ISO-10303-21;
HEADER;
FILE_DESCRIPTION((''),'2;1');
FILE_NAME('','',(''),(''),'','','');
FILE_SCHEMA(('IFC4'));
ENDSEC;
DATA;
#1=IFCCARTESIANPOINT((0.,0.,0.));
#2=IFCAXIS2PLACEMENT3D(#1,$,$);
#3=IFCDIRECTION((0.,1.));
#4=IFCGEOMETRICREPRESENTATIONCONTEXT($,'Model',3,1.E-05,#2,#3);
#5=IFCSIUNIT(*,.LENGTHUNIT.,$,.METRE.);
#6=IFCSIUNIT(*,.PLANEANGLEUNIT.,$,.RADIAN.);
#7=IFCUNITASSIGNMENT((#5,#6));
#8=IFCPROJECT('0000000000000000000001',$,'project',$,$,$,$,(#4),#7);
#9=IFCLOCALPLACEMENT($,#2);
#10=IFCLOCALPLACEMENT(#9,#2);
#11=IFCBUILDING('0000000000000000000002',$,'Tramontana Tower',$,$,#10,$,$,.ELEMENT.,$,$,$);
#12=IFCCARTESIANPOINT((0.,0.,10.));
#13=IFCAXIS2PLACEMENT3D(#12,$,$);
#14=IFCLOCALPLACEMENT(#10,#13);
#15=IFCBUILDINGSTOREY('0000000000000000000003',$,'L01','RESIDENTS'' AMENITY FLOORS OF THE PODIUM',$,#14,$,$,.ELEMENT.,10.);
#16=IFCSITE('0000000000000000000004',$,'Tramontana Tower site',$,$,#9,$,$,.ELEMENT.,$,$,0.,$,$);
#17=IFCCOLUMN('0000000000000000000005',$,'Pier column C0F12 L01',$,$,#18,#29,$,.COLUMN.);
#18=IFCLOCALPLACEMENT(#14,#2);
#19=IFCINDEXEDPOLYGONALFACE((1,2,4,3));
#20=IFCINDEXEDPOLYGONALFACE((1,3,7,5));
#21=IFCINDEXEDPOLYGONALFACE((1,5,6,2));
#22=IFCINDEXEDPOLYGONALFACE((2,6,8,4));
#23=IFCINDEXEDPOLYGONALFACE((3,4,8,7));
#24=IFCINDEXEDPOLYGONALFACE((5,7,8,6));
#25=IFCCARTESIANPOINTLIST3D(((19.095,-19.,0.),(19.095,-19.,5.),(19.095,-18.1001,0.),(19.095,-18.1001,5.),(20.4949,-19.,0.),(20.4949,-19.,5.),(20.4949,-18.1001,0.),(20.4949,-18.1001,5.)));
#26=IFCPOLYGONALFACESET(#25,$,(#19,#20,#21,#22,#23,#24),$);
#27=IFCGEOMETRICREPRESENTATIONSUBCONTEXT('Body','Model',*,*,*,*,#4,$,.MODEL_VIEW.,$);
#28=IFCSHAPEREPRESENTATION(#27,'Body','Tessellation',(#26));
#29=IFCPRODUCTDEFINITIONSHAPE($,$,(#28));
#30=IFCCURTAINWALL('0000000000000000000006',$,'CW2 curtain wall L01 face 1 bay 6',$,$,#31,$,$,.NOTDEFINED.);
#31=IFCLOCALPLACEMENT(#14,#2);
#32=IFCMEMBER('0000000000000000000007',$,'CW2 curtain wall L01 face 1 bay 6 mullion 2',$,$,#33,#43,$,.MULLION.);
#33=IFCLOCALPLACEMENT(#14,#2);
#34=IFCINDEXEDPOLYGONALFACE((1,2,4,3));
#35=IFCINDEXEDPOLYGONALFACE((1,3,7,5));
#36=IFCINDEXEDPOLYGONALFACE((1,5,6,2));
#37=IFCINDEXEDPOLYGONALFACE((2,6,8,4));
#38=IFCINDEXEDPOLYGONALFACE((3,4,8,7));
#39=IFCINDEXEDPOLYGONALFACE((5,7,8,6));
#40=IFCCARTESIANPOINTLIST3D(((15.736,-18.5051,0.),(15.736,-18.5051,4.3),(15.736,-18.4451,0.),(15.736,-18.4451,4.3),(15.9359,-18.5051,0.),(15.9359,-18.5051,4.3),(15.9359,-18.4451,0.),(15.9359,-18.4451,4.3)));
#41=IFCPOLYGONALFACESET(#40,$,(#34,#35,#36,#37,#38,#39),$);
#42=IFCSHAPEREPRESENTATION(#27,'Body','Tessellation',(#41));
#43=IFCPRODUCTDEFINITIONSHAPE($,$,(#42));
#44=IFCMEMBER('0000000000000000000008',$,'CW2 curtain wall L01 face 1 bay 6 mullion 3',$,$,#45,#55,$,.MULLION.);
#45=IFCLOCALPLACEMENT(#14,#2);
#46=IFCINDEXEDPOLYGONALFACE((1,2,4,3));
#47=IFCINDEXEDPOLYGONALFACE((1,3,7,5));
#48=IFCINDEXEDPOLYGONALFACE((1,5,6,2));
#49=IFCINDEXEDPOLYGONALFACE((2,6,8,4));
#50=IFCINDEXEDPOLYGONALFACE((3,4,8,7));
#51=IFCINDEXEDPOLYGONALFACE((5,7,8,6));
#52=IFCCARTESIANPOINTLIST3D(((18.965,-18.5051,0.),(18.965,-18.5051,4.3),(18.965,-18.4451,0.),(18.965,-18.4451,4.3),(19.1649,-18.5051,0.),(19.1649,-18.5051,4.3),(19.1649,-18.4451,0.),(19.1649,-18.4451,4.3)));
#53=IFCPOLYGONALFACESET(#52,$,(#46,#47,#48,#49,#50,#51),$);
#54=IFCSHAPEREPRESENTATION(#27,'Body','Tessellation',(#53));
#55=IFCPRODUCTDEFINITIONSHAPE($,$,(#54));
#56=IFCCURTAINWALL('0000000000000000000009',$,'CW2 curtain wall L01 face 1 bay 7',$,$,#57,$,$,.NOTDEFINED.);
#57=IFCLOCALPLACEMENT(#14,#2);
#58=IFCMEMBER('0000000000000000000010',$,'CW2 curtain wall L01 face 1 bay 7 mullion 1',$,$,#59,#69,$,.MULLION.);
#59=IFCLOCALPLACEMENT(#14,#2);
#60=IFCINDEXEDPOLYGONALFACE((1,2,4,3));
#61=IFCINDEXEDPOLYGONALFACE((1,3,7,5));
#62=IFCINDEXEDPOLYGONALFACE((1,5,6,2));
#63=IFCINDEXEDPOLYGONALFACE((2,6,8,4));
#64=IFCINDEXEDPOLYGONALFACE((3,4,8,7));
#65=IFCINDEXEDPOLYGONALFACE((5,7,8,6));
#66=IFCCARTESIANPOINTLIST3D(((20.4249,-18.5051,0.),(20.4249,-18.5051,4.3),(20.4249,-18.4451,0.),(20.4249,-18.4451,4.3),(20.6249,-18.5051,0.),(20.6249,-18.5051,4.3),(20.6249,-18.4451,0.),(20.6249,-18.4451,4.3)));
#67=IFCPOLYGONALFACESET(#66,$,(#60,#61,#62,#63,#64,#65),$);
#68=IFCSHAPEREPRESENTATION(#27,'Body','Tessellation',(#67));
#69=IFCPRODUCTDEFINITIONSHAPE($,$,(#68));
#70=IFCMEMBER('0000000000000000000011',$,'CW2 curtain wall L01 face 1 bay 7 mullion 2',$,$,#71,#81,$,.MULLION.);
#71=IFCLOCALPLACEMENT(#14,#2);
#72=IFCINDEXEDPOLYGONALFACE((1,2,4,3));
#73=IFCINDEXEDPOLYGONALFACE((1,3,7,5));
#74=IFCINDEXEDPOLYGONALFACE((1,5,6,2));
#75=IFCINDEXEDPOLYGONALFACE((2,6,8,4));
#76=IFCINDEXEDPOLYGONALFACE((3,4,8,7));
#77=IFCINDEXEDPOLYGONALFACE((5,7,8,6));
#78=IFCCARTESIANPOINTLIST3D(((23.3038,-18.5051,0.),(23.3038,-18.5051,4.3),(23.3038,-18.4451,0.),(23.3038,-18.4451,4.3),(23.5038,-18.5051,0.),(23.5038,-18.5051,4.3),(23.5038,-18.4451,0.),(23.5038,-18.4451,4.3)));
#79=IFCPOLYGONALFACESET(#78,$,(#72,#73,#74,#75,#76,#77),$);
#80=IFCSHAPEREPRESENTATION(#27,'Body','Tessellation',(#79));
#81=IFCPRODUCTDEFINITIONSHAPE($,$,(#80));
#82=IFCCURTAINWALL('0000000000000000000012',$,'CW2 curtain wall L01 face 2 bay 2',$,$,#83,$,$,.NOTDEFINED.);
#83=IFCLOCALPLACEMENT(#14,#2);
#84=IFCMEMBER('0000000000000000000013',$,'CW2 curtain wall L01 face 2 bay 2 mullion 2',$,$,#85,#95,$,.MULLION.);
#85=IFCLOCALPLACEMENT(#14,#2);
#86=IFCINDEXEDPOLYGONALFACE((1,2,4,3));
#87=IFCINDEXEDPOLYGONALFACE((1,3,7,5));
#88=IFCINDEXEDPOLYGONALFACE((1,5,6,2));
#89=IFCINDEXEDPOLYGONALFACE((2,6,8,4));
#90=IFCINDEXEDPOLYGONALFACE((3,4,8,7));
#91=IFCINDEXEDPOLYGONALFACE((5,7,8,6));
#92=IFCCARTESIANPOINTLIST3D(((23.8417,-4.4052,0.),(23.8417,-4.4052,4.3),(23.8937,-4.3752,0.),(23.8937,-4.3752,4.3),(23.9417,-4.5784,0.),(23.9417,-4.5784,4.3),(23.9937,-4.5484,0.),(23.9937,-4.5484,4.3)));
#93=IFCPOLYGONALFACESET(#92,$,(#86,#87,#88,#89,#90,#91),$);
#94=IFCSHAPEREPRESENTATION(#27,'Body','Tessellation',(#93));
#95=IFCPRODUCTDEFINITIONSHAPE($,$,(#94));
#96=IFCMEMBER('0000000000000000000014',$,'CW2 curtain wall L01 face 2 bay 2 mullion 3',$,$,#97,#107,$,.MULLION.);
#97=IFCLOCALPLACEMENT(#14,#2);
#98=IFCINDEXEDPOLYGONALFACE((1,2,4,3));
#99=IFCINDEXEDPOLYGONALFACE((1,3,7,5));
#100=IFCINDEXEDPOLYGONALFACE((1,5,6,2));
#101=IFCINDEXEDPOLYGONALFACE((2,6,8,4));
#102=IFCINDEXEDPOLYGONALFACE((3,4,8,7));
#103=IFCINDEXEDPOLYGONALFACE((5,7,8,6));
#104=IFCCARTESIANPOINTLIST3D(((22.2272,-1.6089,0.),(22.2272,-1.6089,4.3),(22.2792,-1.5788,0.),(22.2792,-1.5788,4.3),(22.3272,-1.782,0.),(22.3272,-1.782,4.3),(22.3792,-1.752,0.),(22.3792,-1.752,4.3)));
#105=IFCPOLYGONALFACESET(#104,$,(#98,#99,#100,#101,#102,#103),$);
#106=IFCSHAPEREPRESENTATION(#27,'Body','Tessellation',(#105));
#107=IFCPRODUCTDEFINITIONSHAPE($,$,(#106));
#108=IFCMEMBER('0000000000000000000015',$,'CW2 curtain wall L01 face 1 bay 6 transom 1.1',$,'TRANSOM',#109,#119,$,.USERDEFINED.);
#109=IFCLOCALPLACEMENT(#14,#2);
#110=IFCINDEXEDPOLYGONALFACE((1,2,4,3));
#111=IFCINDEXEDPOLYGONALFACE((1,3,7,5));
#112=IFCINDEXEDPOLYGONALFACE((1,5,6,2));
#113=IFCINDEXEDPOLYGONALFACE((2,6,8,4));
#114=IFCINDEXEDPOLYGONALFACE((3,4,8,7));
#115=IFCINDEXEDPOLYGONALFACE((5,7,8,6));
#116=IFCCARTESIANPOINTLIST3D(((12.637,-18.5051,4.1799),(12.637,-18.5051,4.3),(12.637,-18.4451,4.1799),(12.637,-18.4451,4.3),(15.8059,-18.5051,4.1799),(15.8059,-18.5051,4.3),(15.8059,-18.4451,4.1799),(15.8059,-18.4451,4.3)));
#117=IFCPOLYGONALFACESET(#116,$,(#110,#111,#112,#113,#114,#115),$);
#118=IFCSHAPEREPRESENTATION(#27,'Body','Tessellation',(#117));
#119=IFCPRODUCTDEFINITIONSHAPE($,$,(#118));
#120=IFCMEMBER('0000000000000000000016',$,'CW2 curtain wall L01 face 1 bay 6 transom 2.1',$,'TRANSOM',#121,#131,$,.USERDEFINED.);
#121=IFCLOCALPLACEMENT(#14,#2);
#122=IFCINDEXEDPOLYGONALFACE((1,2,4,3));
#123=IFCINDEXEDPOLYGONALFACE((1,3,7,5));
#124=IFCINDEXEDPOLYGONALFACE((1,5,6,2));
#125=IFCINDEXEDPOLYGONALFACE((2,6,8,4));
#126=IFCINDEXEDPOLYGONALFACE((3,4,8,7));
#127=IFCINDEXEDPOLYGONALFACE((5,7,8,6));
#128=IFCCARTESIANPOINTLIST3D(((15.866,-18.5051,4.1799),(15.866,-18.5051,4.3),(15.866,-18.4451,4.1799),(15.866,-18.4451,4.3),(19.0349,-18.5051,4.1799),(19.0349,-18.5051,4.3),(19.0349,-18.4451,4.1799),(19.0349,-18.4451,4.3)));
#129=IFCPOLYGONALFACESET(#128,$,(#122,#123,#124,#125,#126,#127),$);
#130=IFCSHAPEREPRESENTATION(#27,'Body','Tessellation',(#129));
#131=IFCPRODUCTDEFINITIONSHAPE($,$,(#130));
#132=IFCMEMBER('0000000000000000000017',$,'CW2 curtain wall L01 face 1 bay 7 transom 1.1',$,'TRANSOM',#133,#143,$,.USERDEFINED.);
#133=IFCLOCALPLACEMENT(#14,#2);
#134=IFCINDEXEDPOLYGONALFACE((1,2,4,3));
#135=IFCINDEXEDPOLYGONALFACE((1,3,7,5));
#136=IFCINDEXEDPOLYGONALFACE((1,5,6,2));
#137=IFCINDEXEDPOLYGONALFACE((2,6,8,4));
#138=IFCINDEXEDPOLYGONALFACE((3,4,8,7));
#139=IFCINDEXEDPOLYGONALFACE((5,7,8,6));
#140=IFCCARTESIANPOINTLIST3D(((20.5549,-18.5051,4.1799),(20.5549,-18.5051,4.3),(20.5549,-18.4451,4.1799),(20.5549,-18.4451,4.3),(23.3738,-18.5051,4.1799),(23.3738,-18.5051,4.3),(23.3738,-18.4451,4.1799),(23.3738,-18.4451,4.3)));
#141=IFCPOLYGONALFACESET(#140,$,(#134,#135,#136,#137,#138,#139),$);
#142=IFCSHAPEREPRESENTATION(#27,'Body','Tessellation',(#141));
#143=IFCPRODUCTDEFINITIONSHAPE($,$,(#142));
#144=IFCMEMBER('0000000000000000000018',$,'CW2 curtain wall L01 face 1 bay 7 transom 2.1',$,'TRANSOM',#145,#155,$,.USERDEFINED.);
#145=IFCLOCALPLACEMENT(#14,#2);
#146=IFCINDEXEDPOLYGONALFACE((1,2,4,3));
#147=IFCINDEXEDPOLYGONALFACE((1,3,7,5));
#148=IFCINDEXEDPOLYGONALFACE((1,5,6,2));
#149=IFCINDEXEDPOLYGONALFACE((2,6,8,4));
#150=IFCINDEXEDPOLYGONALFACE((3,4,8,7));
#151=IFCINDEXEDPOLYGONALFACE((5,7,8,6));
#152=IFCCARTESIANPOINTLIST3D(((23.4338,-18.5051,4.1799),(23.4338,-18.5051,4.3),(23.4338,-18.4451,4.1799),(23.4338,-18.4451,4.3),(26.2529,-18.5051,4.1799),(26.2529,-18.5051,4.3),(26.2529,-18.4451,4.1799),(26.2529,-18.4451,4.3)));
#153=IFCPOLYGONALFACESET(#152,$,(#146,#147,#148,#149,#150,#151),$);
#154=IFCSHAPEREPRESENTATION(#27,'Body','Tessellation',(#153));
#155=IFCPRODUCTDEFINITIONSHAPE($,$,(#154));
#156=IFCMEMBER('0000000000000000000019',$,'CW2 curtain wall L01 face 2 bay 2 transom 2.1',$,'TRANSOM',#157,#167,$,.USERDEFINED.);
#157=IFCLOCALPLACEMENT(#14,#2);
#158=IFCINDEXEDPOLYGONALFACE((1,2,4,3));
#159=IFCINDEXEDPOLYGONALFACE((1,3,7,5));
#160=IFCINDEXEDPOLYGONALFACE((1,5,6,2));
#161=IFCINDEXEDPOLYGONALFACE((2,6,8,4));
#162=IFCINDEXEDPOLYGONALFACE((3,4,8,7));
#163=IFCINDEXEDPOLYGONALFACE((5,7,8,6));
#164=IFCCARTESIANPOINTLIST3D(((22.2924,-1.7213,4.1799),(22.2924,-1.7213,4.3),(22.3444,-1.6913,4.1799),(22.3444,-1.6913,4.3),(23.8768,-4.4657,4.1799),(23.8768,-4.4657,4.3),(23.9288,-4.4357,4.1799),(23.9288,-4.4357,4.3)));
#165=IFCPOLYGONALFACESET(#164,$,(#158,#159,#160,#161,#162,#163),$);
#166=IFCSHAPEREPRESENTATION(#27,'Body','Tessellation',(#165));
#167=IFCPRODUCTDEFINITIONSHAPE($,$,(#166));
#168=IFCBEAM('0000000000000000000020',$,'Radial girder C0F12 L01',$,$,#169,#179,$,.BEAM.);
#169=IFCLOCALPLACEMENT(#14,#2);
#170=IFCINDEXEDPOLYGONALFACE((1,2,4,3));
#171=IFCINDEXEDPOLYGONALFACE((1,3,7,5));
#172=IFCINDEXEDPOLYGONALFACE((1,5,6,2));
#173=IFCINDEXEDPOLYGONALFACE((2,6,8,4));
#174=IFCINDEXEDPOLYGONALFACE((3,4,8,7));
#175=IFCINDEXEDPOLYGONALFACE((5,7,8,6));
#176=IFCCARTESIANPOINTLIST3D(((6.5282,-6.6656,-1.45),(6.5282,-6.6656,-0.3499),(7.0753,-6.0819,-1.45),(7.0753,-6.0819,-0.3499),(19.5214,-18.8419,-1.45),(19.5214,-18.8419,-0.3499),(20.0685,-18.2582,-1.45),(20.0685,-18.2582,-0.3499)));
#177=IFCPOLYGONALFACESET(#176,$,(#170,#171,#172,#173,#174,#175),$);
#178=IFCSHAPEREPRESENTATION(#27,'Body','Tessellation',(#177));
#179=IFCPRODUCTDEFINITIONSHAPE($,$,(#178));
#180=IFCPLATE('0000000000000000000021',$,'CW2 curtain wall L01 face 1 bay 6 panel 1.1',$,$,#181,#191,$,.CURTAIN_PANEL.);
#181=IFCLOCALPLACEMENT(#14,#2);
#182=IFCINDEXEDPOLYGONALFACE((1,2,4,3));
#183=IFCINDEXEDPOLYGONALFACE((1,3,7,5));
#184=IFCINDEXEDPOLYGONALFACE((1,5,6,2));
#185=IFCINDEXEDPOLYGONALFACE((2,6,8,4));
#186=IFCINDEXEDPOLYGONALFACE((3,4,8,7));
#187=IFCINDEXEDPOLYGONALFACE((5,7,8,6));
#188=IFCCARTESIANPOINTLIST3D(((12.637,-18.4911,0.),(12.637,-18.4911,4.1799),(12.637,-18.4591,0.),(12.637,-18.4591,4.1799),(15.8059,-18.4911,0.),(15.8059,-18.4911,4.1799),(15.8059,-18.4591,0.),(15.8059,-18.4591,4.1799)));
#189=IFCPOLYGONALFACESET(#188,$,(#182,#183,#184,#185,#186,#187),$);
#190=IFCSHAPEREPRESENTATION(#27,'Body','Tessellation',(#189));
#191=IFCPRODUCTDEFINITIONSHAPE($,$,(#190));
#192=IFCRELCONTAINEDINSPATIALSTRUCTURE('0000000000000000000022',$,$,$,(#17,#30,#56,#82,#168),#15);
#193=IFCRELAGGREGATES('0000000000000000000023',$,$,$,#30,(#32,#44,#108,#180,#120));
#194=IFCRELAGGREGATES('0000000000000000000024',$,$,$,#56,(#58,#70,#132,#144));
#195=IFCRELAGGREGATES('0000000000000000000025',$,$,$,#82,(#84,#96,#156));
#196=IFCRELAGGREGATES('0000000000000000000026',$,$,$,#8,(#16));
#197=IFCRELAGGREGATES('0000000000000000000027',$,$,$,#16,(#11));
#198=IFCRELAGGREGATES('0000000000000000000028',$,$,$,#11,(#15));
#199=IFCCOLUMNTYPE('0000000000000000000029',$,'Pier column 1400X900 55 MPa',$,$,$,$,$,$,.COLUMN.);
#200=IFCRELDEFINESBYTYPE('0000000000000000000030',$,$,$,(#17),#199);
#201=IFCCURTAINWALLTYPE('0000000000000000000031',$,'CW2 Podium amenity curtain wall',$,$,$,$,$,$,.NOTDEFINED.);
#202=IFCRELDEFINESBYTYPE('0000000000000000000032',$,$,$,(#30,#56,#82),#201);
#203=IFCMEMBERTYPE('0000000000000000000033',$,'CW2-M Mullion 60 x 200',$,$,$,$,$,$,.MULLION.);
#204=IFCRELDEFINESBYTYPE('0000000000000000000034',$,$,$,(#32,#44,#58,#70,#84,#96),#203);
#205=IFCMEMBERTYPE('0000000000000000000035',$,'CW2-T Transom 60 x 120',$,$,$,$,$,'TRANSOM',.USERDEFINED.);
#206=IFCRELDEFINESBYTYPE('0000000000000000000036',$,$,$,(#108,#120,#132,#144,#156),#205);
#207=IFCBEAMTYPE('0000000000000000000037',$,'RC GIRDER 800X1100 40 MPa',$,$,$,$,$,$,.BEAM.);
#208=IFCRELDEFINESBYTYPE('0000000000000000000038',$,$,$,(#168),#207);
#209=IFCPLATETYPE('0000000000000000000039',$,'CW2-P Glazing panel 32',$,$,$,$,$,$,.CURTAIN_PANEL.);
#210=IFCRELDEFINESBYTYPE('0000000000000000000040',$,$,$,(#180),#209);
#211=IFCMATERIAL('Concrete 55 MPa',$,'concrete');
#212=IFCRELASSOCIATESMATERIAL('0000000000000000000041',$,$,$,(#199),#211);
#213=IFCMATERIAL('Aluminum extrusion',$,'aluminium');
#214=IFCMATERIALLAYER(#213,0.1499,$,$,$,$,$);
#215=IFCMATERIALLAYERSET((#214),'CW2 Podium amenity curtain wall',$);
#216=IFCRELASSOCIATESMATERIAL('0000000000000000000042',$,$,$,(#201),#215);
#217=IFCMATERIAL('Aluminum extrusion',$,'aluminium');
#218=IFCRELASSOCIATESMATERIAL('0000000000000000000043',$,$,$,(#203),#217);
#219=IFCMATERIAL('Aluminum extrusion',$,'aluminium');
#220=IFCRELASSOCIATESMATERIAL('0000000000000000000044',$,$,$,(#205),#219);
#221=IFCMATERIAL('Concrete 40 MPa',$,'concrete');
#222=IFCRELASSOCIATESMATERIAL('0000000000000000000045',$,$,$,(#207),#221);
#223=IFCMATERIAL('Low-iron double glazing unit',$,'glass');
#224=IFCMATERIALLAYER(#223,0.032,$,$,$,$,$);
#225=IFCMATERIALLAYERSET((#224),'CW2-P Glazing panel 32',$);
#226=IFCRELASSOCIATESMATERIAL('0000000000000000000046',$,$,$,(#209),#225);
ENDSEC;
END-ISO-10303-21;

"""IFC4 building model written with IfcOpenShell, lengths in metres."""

from ifc_helpers import new_model, si_unit, direction, frame, origin, origin_2d, place, context, subcontext, project, spatial, rectangle, extrude, material, layer, layer_set, material_profile, profile_set, type_object, element, aggregate, save


model = new_model("IFC4")

# Units and contexts
model_context = context("Model", 3, precision=1e-05, world=origin(), true_north=direction((0.0, 1.0)))
body_context = subcontext(model_context, "Body", "Model", "MODEL_VIEW")
ifc_project = project(units=[si_unit("LENGTHUNIT", "METRE"), si_unit("PLANEANGLEUNIT", "RADIAN")], contexts=[model_context])

# Site, building, storey
site_placement = place(None, origin())
site = spatial("IfcSite", under=ifc_project, at=site_placement, Name="Tramontana Tower site", CompositionType="ELEMENT", RefElevation=0.0)
building_placement = place(site_placement, origin())
building = spatial("IfcBuilding", under=site, at=building_placement, Name="Tramontana Tower", CompositionType="ELEMENT")
storey_placement = place(building_placement, frame((0.0, 0.0, 10.0)))
storey = spatial("IfcBuildingStorey", under=building, at=storey_placement, Name="L01", Description="RESIDENTS' AMENITY FLOORS OF THE PODIUM", CompositionType="ELEMENT", Elevation=10.0)

# Column
ifc_material_1 = material(Name="Concrete 55 MPa", Category="concrete")
ifc_material_profile_1 = material_profile(ifc_material_1, rectangle(XDim=1.3999, YDim=0.8999, at=origin_2d()), Name="Pier column 1400X900 55 MPa")
ifc_profile_set_1 = profile_set([ifc_material_profile_1], Name="Concrete 55 MPa")
column_type = type_object("IfcColumnType", Name="Pier column 1400X900 55 MPa", PredefinedType="COLUMN", material=ifc_profile_set_1)
column_placement = place(storey_placement, frame((19.7949, -18.55, 0.0), z_axis=(0.0, 0.0, 1.0), x_axis=(1.0, 0.0, 0.0)))
element("IfcColumn", 1, at=column_placement, inside=storey, type_object=column_type, Name="Pier column C0F12 L01", PredefinedType="COLUMN", context=body_context, shape_type="SweptSolid", body=[
    extrude(rectangle(XDim=1.3999, YDim=0.8999, at=origin_2d()), origin(), (0.0, 0.0, 1.0), 5.0),
])

# Curtain walls, members
ifc_material_2 = material(Name="Aluminum extrusion", Category="aluminium")
ifc_layer_1 = layer(ifc_material_2, 0.1499)
ifc_layer_set_1 = layer_set([ifc_layer_1], Name="CW2 Podium amenity curtain wall")
curtain_wall_type = type_object("IfcCurtainWallType", Name="CW2 Podium amenity curtain wall", PredefinedType="NOTDEFINED", material=ifc_layer_set_1)
curtain_wall_1_placement = place(storey_placement, origin())
curtain_wall_1 = element("IfcCurtainWall", 2, at=curtain_wall_1_placement, inside=storey, type_object=curtain_wall_type, Name="CW2 curtain wall L01 face 1 bay 6", PredefinedType="NOTDEFINED")
ifc_material_3 = material(Name="Aluminum extrusion", Category="aluminium")
ifc_material_profile_2 = material_profile(ifc_material_3, rectangle(XDim=0.0601, YDim=0.2, at=origin_2d()), Name="CW2-M Mullion 60 x 200")
ifc_profile_set_2 = profile_set([ifc_material_profile_2], Name="Aluminum extrusion")
member_type_1 = type_object("IfcMemberType", Name="CW2-M Mullion 60 x 200", PredefinedType="MULLION", material=ifc_profile_set_2)
member_1_placement = place(storey_placement, frame((15.8359, -18.4751, 0.0), z_axis=(0.0, 0.0, 1.0), x_axis=(0.0, 1.0, 0.0)))
member_1 = element("IfcMember", 3, at=member_1_placement, type_object=member_type_1, Name="CW2 curtain wall L01 face 1 bay 6 mullion 2", PredefinedType="MULLION", context=body_context, shape_type="SweptSolid", body=[
    extrude(rectangle(XDim=0.0601, YDim=0.2, at=origin_2d()), origin(), (0.0, 0.0, 1.0), 4.3),
])
member_2_placement = place(storey_placement, frame((19.0649, -18.4751, 0.0), z_axis=(0.0, 0.0, 1.0), x_axis=(0.0, 1.0, 0.0)))
member_2 = element("IfcMember", 4, at=member_2_placement, type_object=member_type_1, Name="CW2 curtain wall L01 face 1 bay 6 mullion 3", PredefinedType="MULLION", context=body_context, shape_type="SweptSolid", body=[
    extrude(rectangle(XDim=0.0601, YDim=0.2, at=origin_2d()), origin(), (0.0, 0.0, 1.0), 4.3),
])
curtain_wall_2_placement = place(storey_placement, origin())
curtain_wall_2 = element("IfcCurtainWall", 5, at=curtain_wall_2_placement, inside=storey, type_object=curtain_wall_type, Name="CW2 curtain wall L01 face 1 bay 7", PredefinedType="NOTDEFINED")
member_3_placement = place(storey_placement, frame((20.5249, -18.4751, 0.0), z_axis=(0.0, 0.0, 1.0), x_axis=(0.0, 1.0, 0.0)))
member_3 = element("IfcMember", 6, at=member_3_placement, type_object=member_type_1, Name="CW2 curtain wall L01 face 1 bay 7 mullion 1", PredefinedType="MULLION", context=body_context, shape_type="SweptSolid", body=[
    extrude(rectangle(XDim=0.0601, YDim=0.2, at=origin_2d()), origin(), (0.0, 0.0, 1.0), 4.3),
])
member_4_placement = place(storey_placement, frame((23.4038, -18.4751, 0.0), z_axis=(0.0, 0.0, 1.0), x_axis=(0.0, 1.0, 0.0)))
member_4 = element("IfcMember", 7, at=member_4_placement, type_object=member_type_1, Name="CW2 curtain wall L01 face 1 bay 7 mullion 2", PredefinedType="MULLION", context=body_context, shape_type="SweptSolid", body=[
    extrude(rectangle(XDim=0.0601, YDim=0.2, at=origin_2d()), origin(), (0.0, 0.0, 1.0), 4.3),
])
curtain_wall_3_placement = place(storey_placement, origin())
curtain_wall_3 = element("IfcCurtainWall", 8, at=curtain_wall_3_placement, inside=storey, type_object=curtain_wall_type, Name="CW2 curtain wall L01 face 2 bay 2", PredefinedType="NOTDEFINED")
member_5_placement = place(storey_placement, frame((23.9177, -4.4768, 0.0), z_axis=(0.0, 0.0, 1.0), x_axis=(-0.866025, -0.5, 0.0)))
member_5 = element("IfcMember", 9, at=member_5_placement, type_object=member_type_1, Name="CW2 curtain wall L01 face 2 bay 2 mullion 2", PredefinedType="MULLION", context=body_context, shape_type="SweptSolid", body=[
    extrude(rectangle(XDim=0.0601, YDim=0.2, at=origin_2d()), origin(), (0.0, 0.0, 1.0), 4.3),
])
member_6_placement = place(storey_placement, frame((22.3032, -1.6804, 0.0), z_axis=(0.0, 0.0, 1.0), x_axis=(-0.866025, -0.5, 0.0)))
member_6 = element("IfcMember", 10, at=member_6_placement, type_object=member_type_1, Name="CW2 curtain wall L01 face 2 bay 2 mullion 3", PredefinedType="MULLION", context=body_context, shape_type="SweptSolid", body=[
    extrude(rectangle(XDim=0.0601, YDim=0.2, at=origin_2d()), origin(), (0.0, 0.0, 1.0), 4.3),
])

# Members
ifc_material_4 = material(Name="Aluminum extrusion", Category="aluminium")
ifc_material_profile_3 = material_profile(ifc_material_4, rectangle(XDim=0.0601, YDim=0.1201, at=origin_2d()), Name="CW2-T Transom 60 x 120")
ifc_profile_set_3 = profile_set([ifc_material_profile_3], Name="Aluminum extrusion")
member_type_2 = type_object("IfcMemberType", Name="CW2-T Transom 60 x 120", ElementType="TRANSOM", PredefinedType="USERDEFINED", material=ifc_profile_set_3)
member_7_placement = place(storey_placement, frame((12.637, -18.4751, 4.24), z_axis=(1.0, 0.0, 0.0), x_axis=(0.0, 1.0, 0.0)))
member_7 = element("IfcMember", 11, at=member_7_placement, type_object=member_type_2, Name="CW2 curtain wall L01 face 1 bay 6 transom 1.1", ObjectType="TRANSOM", PredefinedType="USERDEFINED", context=body_context, shape_type="SweptSolid", body=[
    extrude(rectangle(XDim=0.0601, YDim=0.1201, at=origin_2d()), origin(), (0.0, 0.0, 1.0), 3.1689),
])
member_8_placement = place(storey_placement, frame((15.866, -18.4751, 4.24), z_axis=(1.0, 0.0, 0.0), x_axis=(0.0, 1.0, 0.0)))
member_8 = element("IfcMember", 12, at=member_8_placement, type_object=member_type_2, Name="CW2 curtain wall L01 face 1 bay 6 transom 2.1", ObjectType="TRANSOM", PredefinedType="USERDEFINED", context=body_context, shape_type="SweptSolid", body=[
    extrude(rectangle(XDim=0.0601, YDim=0.1201, at=origin_2d()), origin(), (0.0, 0.0, 1.0), 3.1689),
])
member_9_placement = place(storey_placement, frame((20.5549, -18.4751, 4.24), z_axis=(1.0, 0.0, 0.0), x_axis=(0.0, 1.0, 0.0)))
member_9 = element("IfcMember", 13, at=member_9_placement, type_object=member_type_2, Name="CW2 curtain wall L01 face 1 bay 7 transom 1.1", ObjectType="TRANSOM", PredefinedType="USERDEFINED", context=body_context, shape_type="SweptSolid", body=[
    extrude(rectangle(XDim=0.0601, YDim=0.1201, at=origin_2d()), origin(), (0.0, 0.0, 1.0), 2.8188),
])
member_10_placement = place(storey_placement, frame((23.4338, -18.4751, 4.24), z_axis=(1.0, 0.0, 0.0), x_axis=(0.0, 1.0, 0.0)))
member_10 = element("IfcMember", 14, at=member_10_placement, type_object=member_type_2, Name="CW2 curtain wall L01 face 1 bay 7 transom 2.1", ObjectType="TRANSOM", PredefinedType="USERDEFINED", context=body_context, shape_type="SweptSolid", body=[
    extrude(rectangle(XDim=0.0601, YDim=0.1201, at=origin_2d()), origin(), (0.0, 0.0, 1.0), 2.8191),
])
member_11_placement = place(storey_placement, frame((23.9028, -4.4507, 4.24), z_axis=(-0.5, 0.866025, 0.0), x_axis=(-0.866025, -0.5, 0.0)))
member_11 = element("IfcMember", 15, at=member_11_placement, type_object=member_type_2, Name="CW2 curtain wall L01 face 2 bay 2 transom 2.1", ObjectType="TRANSOM", PredefinedType="USERDEFINED", context=body_context, shape_type="SweptSolid", body=[
    extrude(rectangle(XDim=0.0601, YDim=0.1201, at=origin_2d()), origin(), (0.0, 0.0, 1.0), 3.1689),
])

# Beam
ifc_material_5 = material(Name="Concrete 40 MPa", Category="concrete")
ifc_material_profile_4 = material_profile(ifc_material_5, rectangle(XDim=0.8, YDim=1.1001, at=origin_2d()), Name="RC GIRDER 800X1100 40 MPa")
ifc_profile_set_4 = profile_set([ifc_material_profile_4], Name="Concrete 40 MPa")
beam_type = type_object("IfcBeamType", Name="RC GIRDER 800X1100 40 MPa", PredefinedType="BEAM", material=ifc_profile_set_4)
beam_placement = place(storey_placement, frame((19.7949, -18.55, -0.8999), z_axis=(-0.729672, 0.683797, 0.0), x_axis=(-0.683797, -0.729672, 0.0)))
element("IfcBeam", 16, at=beam_placement, inside=storey, type_object=beam_type, Name="Radial girder C0F12 L01", PredefinedType="BEAM", context=body_context, shape_type="SweptSolid", body=[
    extrude(rectangle(XDim=0.8, YDim=1.1001, at=origin_2d()), origin(), (0.0, 0.0, 1.0), 17.8069),
])

# Plate
ifc_material_6 = material(Name="Low-iron double glazing unit", Category="glass")
ifc_layer_2 = layer(ifc_material_6, 0.032)
ifc_layer_set_2 = layer_set([ifc_layer_2], Name="CW2-P Glazing panel 32")
plate_type = type_object("IfcPlateType", Name="CW2-P Glazing panel 32", PredefinedType="CURTAIN_PANEL", material=ifc_layer_set_2)
plate_1_placement = place(storey_placement, frame((14.2214, -18.4751, 0.0), z_axis=(0.0, 0.0, 1.0), x_axis=(1.0, 0.0, 0.0)))
plate_1 = element("IfcPlate", 17, at=plate_1_placement, type_object=plate_type, Name="CW2 curtain wall L01 face 1 bay 6 panel 1.1", PredefinedType="CURTAIN_PANEL", context=body_context, shape_type="SweptSolid", body=[
    extrude(rectangle(XDim=3.1689, YDim=0.032, at=origin_2d()), origin(), (0.0, 0.0, 1.0), 4.1799),
])
aggregate(curtain_wall_1, [member_1, member_2, member_7, plate_1, member_8])
aggregate(curtain_wall_2, [member_3, member_4, member_9, member_10])
aggregate(curtain_wall_3, [member_5, member_6, member_11])

save(model, "model.ifc")
